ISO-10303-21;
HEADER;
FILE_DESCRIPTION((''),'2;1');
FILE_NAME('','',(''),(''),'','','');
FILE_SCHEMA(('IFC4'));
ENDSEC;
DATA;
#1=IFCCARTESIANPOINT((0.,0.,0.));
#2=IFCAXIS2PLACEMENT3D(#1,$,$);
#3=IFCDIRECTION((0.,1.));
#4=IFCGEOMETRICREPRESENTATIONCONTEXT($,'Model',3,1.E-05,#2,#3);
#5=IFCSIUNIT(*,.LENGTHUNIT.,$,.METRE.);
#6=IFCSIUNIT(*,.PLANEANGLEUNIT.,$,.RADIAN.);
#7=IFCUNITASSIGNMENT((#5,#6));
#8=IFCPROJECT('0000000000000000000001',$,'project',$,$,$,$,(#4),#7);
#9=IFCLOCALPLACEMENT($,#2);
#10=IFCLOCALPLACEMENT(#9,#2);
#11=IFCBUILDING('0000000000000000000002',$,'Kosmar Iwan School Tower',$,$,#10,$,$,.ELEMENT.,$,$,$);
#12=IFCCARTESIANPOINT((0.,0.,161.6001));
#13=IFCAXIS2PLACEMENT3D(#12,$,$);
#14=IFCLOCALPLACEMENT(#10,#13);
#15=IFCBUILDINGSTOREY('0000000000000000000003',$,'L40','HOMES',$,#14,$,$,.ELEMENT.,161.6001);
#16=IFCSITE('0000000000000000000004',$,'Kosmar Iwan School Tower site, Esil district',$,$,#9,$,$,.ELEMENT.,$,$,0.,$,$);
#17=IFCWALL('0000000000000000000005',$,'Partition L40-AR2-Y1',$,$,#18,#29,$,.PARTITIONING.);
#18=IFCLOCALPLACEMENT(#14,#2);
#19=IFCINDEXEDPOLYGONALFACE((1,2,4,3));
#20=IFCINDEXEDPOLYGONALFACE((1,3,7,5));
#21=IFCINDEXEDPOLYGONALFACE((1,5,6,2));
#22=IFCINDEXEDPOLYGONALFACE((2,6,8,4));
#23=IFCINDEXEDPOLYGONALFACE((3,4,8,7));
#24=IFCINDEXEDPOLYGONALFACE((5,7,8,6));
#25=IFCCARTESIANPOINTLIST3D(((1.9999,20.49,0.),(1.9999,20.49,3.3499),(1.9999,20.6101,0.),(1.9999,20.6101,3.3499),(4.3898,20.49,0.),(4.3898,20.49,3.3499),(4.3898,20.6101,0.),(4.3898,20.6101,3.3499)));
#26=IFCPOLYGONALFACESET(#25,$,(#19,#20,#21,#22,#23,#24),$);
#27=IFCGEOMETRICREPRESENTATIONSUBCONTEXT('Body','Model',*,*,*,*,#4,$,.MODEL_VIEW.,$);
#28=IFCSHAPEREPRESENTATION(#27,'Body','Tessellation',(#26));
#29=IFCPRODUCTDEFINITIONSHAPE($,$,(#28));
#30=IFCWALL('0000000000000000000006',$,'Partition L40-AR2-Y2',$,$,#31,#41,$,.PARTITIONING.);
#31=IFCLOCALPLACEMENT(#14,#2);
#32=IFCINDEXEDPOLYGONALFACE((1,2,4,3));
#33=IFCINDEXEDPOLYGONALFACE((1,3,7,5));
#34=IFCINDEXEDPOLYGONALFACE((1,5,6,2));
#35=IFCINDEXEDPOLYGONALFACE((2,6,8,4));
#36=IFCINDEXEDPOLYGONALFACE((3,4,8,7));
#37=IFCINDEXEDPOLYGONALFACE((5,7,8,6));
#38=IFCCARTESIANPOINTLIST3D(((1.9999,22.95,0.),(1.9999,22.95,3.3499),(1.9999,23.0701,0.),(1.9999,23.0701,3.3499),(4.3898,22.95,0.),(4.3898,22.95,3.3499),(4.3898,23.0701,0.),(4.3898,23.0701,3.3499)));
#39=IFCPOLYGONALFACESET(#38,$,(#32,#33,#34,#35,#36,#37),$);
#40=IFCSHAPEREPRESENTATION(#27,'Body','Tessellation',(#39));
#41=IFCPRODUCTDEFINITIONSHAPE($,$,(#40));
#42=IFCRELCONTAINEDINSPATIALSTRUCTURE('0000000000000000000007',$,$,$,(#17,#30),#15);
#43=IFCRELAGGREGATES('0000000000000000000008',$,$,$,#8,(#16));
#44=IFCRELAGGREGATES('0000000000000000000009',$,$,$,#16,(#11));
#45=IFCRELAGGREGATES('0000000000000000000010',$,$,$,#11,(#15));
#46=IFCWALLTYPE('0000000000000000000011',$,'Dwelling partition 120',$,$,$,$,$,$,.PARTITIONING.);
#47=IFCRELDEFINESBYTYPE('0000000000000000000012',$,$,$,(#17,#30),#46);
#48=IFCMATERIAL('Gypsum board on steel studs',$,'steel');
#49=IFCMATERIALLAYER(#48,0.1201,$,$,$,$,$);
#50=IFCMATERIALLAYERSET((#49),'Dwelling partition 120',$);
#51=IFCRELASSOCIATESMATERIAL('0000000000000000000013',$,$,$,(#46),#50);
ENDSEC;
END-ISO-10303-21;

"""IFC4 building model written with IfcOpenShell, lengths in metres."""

from ifc_helpers import new_model, si_unit, direction, frame, frame_2d, origin, place, context, subcontext, project, spatial, rectangle, extrude, material, layer, layer_set, type_object, element, save


model = new_model("IFC4")

# Units and contexts
model_context = context("Model", 3, precision=1e-05, world=origin(), true_north=direction((0.0, 1.0)))
body_context = subcontext(model_context, "Body", "Model", "MODEL_VIEW")
ifc_project = project(units=[si_unit("LENGTHUNIT", "METRE"), si_unit("PLANEANGLEUNIT", "RADIAN")], contexts=[model_context])

# Site, building, storey
site_placement = place(None, origin())
site = spatial("IfcSite", under=ifc_project, at=site_placement, Name="Kosmar Iwan School Tower site, Esil district", CompositionType="ELEMENT", RefElevation=0.0)
building_placement = place(site_placement, origin())
building = spatial("IfcBuilding", under=site, at=building_placement, Name="Kosmar Iwan School Tower", CompositionType="ELEMENT")
storey_placement = place(building_placement, frame((0.0, 0.0, 161.6001)))
storey = spatial("IfcBuildingStorey", under=building, at=storey_placement, Name="L40", Description="HOMES", CompositionType="ELEMENT", Elevation=161.6001)

# Shared definitions
ifc_material_1 = material(Name="Gypsum board on steel studs", Category="steel")
ifc_layer_1 = layer(ifc_material_1, 0.1201)
ifc_layer_set_1 = layer_set([ifc_layer_1], Name="Dwelling partition 120")
wall_type_1 = type_object("IfcWallType", Name="Dwelling partition 120", PredefinedType="PARTITIONING", material=ifc_layer_set_1)

# Walls
for number, where, z_axis, x_axis, name in (
    (1, (2.0, 20.55, 0.0), (0.0, 0.0, 1.0), (1.0, 0.0, 0.0), "Partition L40-AR2-Y1"),
    (2, (2.0, 23.01, 0.0), (0.0, 0.0, 1.0), (1.0, 0.0, 0.0), "Partition L40-AR2-Y2"),
):
    element("IfcWall", number, at=place(storey_placement, frame(where, z_axis=z_axis, x_axis=x_axis)), inside=storey, type_object=wall_type_1, Name=name, PredefinedType="PARTITIONING", context=body_context, shape_type="SweptSolid", body=[
        extrude(rectangle(XDim=2.3899, YDim=0.1201, at=frame_2d((1.1948, 0.0))), origin(), (0.0, 0.0, 1.0), 3.3499),
    ])

save(model, "model.ifc")
